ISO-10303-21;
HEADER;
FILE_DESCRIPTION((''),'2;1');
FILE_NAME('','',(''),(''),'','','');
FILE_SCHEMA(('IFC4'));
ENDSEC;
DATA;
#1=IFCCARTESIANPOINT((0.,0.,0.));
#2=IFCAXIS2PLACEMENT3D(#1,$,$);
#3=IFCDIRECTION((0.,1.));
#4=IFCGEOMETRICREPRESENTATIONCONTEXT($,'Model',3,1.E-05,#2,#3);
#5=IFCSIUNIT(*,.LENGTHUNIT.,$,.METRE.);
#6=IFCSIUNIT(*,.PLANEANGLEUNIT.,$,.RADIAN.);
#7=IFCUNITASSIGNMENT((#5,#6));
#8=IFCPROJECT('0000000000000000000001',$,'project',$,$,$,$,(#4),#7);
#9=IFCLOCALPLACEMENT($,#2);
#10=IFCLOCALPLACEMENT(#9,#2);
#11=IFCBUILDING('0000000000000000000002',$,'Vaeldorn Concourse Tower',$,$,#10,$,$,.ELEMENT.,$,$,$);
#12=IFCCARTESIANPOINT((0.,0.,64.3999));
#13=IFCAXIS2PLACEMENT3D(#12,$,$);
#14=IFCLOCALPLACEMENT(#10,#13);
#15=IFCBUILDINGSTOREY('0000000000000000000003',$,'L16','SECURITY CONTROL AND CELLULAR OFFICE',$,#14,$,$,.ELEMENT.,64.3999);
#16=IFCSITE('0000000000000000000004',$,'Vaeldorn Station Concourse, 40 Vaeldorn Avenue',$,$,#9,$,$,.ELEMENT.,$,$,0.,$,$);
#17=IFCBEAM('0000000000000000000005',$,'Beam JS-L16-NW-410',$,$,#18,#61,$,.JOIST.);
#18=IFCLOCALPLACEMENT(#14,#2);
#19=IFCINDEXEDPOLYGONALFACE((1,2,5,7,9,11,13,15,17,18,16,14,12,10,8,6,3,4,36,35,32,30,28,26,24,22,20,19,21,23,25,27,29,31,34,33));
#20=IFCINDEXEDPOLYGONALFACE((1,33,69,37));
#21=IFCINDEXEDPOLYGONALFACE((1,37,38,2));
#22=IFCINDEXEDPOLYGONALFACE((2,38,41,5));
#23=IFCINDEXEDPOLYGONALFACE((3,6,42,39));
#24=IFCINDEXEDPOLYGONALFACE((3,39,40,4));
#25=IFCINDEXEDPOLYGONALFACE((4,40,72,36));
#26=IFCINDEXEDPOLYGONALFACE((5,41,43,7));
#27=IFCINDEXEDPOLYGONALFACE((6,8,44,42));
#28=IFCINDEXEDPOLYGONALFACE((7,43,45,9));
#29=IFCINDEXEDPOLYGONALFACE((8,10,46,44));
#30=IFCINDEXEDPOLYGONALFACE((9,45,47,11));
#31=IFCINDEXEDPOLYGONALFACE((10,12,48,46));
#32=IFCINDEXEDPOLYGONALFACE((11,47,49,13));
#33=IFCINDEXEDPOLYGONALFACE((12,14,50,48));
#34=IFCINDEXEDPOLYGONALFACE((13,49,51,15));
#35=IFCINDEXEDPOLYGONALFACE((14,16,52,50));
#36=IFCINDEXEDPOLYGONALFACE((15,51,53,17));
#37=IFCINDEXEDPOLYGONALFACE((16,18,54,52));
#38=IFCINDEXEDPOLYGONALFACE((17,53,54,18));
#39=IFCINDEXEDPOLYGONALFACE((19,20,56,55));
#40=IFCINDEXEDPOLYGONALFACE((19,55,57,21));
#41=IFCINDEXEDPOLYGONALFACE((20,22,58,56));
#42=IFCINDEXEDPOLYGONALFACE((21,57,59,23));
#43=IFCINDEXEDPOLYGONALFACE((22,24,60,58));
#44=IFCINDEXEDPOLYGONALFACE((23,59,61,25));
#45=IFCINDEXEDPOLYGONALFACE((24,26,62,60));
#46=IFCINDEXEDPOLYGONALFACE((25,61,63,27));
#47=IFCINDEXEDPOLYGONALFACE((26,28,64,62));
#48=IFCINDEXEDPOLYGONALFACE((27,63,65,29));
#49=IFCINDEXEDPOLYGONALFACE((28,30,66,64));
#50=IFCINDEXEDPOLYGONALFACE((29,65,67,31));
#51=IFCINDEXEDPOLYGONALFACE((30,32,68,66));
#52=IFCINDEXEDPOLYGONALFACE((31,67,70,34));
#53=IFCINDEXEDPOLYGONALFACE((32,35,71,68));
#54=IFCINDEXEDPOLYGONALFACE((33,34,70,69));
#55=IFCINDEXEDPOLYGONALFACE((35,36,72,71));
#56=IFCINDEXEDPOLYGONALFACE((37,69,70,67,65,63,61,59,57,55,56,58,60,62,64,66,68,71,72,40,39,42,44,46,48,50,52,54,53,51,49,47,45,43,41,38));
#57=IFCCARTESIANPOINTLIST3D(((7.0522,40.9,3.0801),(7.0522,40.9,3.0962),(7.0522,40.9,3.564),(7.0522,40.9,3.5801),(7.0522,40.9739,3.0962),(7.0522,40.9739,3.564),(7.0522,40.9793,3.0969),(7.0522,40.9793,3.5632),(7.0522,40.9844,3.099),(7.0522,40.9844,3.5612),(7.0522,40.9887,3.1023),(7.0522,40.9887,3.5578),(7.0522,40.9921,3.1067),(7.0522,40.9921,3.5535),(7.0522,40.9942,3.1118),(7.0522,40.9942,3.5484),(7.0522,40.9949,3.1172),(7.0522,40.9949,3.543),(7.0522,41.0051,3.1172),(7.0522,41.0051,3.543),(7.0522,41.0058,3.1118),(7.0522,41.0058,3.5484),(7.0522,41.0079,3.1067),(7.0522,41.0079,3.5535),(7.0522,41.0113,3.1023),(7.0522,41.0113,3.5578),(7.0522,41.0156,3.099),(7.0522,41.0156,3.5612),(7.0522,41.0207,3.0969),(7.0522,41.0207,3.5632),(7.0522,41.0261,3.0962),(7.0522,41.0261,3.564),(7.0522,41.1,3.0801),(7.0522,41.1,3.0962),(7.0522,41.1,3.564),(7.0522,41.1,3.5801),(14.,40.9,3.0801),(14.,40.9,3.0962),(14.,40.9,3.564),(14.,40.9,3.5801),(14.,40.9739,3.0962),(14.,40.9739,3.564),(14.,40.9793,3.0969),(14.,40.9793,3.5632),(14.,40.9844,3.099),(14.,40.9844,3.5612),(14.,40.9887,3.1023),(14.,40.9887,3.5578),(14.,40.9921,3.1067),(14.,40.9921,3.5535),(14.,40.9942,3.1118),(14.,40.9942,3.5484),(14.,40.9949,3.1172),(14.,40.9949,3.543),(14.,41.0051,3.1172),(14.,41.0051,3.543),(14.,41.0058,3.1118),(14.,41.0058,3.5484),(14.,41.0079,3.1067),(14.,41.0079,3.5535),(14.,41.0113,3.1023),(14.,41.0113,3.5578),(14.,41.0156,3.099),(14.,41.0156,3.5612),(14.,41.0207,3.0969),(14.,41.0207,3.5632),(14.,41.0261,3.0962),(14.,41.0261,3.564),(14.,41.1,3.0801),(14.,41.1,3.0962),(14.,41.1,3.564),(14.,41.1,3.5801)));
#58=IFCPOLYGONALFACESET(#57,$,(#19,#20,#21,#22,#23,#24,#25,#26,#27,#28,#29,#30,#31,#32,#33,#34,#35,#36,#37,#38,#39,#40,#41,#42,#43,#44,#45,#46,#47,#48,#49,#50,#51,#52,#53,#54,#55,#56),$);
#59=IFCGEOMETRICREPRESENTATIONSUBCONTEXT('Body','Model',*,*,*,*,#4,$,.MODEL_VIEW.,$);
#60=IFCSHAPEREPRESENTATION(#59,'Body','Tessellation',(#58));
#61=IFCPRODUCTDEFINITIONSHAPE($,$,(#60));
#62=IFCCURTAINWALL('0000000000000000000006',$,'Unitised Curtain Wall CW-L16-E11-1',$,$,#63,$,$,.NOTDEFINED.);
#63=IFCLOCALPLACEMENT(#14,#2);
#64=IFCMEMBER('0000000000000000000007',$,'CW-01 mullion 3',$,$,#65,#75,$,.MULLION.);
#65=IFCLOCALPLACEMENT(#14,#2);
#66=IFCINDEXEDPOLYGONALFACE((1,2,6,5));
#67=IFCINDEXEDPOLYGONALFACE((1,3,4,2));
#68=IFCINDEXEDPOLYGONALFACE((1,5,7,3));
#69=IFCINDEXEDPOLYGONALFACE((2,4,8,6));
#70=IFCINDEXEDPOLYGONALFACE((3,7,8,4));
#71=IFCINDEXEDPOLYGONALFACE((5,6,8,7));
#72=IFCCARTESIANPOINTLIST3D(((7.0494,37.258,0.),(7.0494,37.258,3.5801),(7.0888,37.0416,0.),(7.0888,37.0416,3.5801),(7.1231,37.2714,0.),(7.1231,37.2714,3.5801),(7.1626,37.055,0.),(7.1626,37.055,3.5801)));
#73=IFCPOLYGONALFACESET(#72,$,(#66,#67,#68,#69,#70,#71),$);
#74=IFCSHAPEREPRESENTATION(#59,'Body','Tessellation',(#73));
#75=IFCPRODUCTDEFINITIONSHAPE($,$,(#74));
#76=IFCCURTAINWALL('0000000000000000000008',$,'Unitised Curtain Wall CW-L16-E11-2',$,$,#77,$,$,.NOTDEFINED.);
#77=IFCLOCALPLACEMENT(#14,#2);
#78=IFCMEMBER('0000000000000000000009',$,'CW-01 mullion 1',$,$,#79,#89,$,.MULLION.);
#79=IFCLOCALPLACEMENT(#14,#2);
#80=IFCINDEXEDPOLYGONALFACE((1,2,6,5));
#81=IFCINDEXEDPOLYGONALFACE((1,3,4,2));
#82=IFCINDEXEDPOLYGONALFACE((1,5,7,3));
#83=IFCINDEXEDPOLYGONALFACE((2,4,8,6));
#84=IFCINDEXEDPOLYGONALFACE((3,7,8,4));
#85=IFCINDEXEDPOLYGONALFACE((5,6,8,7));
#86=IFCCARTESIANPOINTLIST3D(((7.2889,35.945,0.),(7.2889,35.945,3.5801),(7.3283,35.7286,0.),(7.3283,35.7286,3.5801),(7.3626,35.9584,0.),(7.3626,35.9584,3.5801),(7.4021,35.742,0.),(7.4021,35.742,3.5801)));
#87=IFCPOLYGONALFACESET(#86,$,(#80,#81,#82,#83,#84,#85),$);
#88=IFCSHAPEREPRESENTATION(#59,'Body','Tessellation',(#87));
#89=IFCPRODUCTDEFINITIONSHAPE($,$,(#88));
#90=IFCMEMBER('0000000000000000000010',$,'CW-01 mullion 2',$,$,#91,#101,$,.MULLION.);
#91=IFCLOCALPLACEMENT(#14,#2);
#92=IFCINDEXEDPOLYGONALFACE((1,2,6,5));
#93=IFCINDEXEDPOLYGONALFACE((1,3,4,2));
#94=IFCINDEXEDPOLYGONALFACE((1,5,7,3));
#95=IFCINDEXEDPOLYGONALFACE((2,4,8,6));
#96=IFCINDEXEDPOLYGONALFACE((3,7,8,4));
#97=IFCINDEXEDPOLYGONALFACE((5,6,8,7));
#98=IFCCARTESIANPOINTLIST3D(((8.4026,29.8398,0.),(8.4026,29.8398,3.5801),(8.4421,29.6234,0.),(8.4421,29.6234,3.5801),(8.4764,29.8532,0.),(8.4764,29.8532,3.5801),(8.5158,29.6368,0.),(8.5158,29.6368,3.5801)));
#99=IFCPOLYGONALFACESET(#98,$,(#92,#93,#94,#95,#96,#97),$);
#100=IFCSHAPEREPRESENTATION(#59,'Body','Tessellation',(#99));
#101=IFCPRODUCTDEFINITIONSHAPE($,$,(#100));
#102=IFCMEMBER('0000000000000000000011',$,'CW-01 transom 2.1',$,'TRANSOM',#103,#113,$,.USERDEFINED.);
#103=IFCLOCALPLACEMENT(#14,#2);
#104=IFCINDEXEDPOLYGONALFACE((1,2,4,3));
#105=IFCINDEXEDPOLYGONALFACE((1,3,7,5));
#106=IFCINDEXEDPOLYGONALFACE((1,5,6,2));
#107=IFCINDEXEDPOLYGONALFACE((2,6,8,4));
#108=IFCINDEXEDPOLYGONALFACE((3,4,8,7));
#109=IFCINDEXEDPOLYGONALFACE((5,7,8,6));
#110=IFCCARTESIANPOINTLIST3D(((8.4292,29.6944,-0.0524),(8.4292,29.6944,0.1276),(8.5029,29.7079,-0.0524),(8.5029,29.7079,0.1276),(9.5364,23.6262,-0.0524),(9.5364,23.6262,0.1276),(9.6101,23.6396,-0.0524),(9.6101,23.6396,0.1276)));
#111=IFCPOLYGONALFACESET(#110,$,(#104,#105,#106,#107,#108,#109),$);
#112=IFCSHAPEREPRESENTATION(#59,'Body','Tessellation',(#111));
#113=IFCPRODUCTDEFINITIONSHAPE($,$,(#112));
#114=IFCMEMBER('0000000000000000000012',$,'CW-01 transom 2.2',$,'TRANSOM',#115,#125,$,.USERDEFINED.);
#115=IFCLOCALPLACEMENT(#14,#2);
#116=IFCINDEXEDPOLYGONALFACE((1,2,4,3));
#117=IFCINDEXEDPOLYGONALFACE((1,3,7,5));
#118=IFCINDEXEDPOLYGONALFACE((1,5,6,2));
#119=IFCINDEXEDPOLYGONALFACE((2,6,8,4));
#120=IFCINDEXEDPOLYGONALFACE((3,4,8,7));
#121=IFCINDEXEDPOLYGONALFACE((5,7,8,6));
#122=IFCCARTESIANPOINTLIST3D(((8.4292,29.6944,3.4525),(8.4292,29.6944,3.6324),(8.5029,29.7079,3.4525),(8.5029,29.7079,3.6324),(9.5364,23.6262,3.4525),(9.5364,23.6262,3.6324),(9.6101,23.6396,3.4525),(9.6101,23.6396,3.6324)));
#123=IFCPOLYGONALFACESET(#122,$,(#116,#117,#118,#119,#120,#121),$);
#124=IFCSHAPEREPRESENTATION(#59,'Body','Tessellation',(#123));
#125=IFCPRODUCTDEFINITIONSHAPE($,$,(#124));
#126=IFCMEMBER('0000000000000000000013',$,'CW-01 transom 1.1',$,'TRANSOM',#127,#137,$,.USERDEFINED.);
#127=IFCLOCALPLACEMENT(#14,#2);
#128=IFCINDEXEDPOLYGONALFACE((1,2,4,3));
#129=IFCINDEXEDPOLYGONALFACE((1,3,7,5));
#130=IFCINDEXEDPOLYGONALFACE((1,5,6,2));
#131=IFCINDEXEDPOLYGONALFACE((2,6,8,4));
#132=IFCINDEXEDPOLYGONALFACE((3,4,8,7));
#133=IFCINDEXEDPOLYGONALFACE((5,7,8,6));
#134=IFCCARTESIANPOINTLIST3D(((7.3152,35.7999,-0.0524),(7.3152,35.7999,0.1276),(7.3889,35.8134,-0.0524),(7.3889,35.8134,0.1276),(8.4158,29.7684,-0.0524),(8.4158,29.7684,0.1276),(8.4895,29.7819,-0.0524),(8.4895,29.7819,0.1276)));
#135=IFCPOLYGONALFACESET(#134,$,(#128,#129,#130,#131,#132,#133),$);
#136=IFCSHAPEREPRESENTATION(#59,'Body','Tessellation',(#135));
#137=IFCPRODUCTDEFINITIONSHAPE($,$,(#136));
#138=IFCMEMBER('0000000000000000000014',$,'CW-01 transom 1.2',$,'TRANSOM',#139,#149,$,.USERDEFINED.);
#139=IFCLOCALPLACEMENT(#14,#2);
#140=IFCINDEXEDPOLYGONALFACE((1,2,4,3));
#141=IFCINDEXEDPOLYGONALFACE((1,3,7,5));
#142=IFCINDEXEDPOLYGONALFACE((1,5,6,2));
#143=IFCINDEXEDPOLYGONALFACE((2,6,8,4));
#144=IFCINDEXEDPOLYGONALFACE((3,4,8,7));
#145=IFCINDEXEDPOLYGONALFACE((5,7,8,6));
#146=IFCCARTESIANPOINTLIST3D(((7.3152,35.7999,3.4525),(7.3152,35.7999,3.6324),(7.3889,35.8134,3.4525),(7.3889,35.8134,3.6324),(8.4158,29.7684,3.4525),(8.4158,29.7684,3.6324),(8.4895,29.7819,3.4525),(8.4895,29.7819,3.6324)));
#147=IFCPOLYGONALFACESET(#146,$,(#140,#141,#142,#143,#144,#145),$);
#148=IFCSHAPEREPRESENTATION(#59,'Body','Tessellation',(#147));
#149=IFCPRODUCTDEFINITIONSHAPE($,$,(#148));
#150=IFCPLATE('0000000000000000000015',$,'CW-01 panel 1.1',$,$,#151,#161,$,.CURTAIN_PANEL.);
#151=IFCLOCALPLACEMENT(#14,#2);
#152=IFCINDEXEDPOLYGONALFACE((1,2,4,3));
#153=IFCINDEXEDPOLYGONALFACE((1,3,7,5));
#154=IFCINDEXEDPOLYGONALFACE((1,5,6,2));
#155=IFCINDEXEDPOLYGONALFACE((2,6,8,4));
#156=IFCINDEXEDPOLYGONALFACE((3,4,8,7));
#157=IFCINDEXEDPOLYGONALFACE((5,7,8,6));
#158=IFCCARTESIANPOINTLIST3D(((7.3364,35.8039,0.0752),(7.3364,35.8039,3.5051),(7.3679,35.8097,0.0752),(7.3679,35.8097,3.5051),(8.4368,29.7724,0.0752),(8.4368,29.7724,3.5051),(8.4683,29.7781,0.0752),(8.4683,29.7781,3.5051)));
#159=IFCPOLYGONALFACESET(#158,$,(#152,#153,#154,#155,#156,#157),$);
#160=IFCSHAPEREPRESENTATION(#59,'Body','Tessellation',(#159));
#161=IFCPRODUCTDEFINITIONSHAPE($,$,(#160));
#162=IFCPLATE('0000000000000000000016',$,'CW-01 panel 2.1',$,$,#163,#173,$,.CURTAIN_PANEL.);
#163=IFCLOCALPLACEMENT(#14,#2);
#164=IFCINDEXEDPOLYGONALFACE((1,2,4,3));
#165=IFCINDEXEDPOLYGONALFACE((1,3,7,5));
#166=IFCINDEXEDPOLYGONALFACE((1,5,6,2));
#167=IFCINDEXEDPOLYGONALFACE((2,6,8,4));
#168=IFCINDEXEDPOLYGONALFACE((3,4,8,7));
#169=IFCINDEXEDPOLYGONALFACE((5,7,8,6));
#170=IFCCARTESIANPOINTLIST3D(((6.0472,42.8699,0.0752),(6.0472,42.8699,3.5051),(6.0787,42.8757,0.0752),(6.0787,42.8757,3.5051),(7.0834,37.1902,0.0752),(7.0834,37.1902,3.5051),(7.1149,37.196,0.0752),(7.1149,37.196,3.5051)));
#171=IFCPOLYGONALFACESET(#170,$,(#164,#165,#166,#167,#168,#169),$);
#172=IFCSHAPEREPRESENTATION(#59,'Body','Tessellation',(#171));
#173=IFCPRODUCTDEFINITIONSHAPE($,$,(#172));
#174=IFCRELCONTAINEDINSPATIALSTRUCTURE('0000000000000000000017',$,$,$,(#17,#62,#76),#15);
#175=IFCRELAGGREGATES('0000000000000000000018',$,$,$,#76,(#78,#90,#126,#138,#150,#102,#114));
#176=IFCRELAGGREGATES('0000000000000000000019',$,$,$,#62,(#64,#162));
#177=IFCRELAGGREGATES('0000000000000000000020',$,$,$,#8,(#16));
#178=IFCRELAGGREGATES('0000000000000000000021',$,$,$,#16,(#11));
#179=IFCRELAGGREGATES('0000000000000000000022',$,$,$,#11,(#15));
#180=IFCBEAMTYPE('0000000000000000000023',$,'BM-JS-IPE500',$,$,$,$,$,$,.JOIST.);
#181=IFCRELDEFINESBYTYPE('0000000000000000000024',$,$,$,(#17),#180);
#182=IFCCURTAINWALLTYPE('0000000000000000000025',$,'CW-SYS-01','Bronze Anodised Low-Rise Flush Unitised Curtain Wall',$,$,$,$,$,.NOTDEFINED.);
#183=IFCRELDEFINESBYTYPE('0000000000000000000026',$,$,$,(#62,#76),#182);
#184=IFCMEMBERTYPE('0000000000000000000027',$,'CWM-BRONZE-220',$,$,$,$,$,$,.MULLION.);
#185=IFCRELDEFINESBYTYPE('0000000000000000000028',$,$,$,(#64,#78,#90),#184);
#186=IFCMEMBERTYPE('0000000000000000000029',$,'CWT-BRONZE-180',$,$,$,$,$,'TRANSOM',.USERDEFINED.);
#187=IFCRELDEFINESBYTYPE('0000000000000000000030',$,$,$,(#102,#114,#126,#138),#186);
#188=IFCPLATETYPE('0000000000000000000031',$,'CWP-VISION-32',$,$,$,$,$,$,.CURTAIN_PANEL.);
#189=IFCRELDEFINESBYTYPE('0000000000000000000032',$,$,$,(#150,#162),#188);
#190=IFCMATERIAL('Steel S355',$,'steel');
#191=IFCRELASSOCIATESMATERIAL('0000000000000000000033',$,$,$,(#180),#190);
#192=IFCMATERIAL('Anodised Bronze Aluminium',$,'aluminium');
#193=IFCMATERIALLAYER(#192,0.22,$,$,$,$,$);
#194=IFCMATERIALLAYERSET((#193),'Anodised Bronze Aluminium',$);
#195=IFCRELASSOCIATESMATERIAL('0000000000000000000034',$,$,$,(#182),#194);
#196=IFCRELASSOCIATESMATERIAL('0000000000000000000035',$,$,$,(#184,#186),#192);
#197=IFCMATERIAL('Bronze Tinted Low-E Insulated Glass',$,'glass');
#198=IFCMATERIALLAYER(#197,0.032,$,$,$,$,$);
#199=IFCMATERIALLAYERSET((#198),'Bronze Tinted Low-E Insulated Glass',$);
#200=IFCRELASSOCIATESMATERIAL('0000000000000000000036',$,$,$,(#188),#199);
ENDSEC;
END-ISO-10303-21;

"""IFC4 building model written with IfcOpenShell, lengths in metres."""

from ifc_helpers import new_model, si_unit, direction, frame, origin, origin_2d, place, context, subcontext, project, spatial, rectangle, i_section, extrude, source, transform, mapped, material, layer, layer_set, material_profile, profile_set, type_object, element, aggregate, save


model = new_model("IFC4")

# Units and contexts
model_context = context("Model", 3, precision=1e-05, world=origin(), true_north=direction((0.0, 1.0)))
body_context = subcontext(model_context, "Body", "Model", "MODEL_VIEW")
ifc_project = project(units=[si_unit("LENGTHUNIT", "METRE"), si_unit("PLANEANGLEUNIT", "RADIAN")], contexts=[model_context])

# Site, building, storey
site_placement = place(None, origin())
site = spatial("IfcSite", under=ifc_project, at=site_placement, Name="Vaeldorn Station Concourse, 40 Vaeldorn Avenue", CompositionType="ELEMENT", RefElevation=0.0)
building_placement = place(site_placement, origin())
building = spatial("IfcBuilding", under=site, at=building_placement, Name="Vaeldorn Concourse Tower", CompositionType="ELEMENT")
storey_placement = place(building_placement, frame((0.0, 0.0, 64.3999)))
storey = spatial("IfcBuildingStorey", under=building, at=storey_placement, Name="L16", Description="SECURITY CONTROL AND CELLULAR OFFICE", CompositionType="ELEMENT", Elevation=64.3999)

# Beam
ifc_material_1 = material(Name="Steel S355", Category="steel")
ifc_material_profile_1 = material_profile(ifc_material_1, i_section(OverallWidth=0.2, OverallDepth=0.5, WebThickness=0.0103, FlangeThickness=0.0161, FilletRadius=0.021, at=origin_2d()), Name="IPE 500")
ifc_profile_set_1 = profile_set([ifc_material_profile_1], Name="Steel S355")
beam_type_1 = type_object("IfcBeamType", Name="BM-JS-IPE500", PredefinedType="JOIST", material=ifc_profile_set_1)
shared_shape_1 = source(origin(), body_context, "Body", "SweptSolid", [
    extrude(i_section(OverallWidth=0.2, OverallDepth=0.5, WebThickness=0.0103, FlangeThickness=0.0161, FilletRadius=0.021, at=origin_2d()), origin(), (0.0, 0.0, 1.0), 6.9478),
])
beam_1_placement = place(storey_placement, frame((7.0522, 41.0, 3.3301), z_axis=(1.0, 0.0, 0.0), x_axis=(0.0, 1.0, 0.0)))
element("IfcBeam", 1, at=beam_1_placement, inside=storey, type_object=beam_type_1, Name="Beam JS-L16-NW-410", PredefinedType="JOIST", context=body_context, shape_type="MappedRepresentation", body=[
    mapped(shared_shape_1, transform((0.0, 0.0, 0.0), scale=1.0)),
])

# Curtain wall, member
ifc_material_2 = material(Name="Anodised Bronze Aluminium", Category="aluminium")
ifc_layer_1 = layer(ifc_material_2, 0.22)
ifc_layer_set_1 = layer_set([ifc_layer_1], Name="Anodised Bronze Aluminium")
curtain_wall_type = type_object("IfcCurtainWallType", Name="CW-SYS-01", Description="Bronze Anodised Low-Rise Flush Unitised Curtain Wall", PredefinedType="NOTDEFINED", material=ifc_layer_set_1)
curtain_wall_1_placement = place(storey_placement, origin())
curtain_wall_1 = element("IfcCurtainWall", 2, at=curtain_wall_1_placement, inside=storey, type_object=curtain_wall_type, Name="Unitised Curtain Wall CW-L16-E11-1", PredefinedType="NOTDEFINED")
ifc_material_profile_2 = material_profile(ifc_material_2, rectangle(XDim=0.075, YDim=0.22, at=origin_2d()), Name="CWM 75x220")
ifc_profile_set_2 = profile_set([ifc_material_profile_2], Name="Anodised Bronze Aluminium")
member_type_1 = type_object("IfcMemberType", Name="CWM-BRONZE-220", PredefinedType="MULLION", material=ifc_profile_set_2)
shared_shape_2 = source(origin(), body_context, "Body", "SweptSolid", [
    extrude(rectangle(XDim=0.075, YDim=0.22, at=origin_2d()), origin(), (0.0, 0.0, 1.0), 3.5801),
])
member_1_placement = place(storey_placement, frame((7.106, 37.1565, 0.0), z_axis=(0.0, 0.0, 1.0), x_axis=(0.983763, 0.179474, 0.0)))
member_1 = element("IfcMember", 3, at=member_1_placement, type_object=member_type_1, Name="CW-01 mullion 3", PredefinedType="MULLION", context=body_context, shape_type="MappedRepresentation", body=[
    mapped(shared_shape_2, transform((0.0, 0.0, 0.0), scale=1.0)),
])

# Curtain wall, members, plate
curtain_wall_2_placement = place(storey_placement, origin())
curtain_wall_2 = element("IfcCurtainWall", 4, at=curtain_wall_2_placement, inside=storey, type_object=curtain_wall_type, Name="Unitised Curtain Wall CW-L16-E11-2", PredefinedType="NOTDEFINED")
member_2_placement = place(storey_placement, frame((7.3455, 35.8435, 0.0), z_axis=(0.0, 0.0, 1.0), x_axis=(0.983763, 0.179474, 0.0)))
member_2 = element("IfcMember", 5, at=member_2_placement, type_object=member_type_1, Name="CW-01 mullion 1", PredefinedType="MULLION", context=body_context, shape_type="MappedRepresentation", body=[
    mapped(shared_shape_2, transform((0.0, 0.0, 0.0), scale=1.0)),
])
member_3_placement = place(storey_placement, frame((8.4592, 29.7383, 0.0), z_axis=(0.0, 0.0, 1.0), x_axis=(0.983763, 0.179474, 0.0)))
member_3 = element("IfcMember", 6, at=member_3_placement, type_object=member_type_1, Name="CW-01 mullion 2", PredefinedType="MULLION", context=body_context, shape_type="MappedRepresentation", body=[
    mapped(shared_shape_2, transform((0.0, 0.0, 0.0), scale=1.0)),
])
ifc_material_profile_3 = material_profile(ifc_material_2, rectangle(XDim=0.075, YDim=0.1799, at=origin_2d()), Name="CWT 75x180")
ifc_profile_set_3 = profile_set([ifc_material_profile_3], Name="Anodised Bronze Aluminium")
member_type_2 = type_object("IfcMemberType", Name="CWT-BRONZE-180", ElementType="TRANSOM", PredefinedType="USERDEFINED", material=ifc_profile_set_3)
shared_shape_3 = source(origin(), body_context, "Body", "SweptSolid", [
    extrude(rectangle(XDim=0.075, YDim=0.1799, at=origin_2d()), origin(), (0.0, 0.0, 1.0), 6.1685),
])
member_4_placement = place(storey_placement, frame((8.4661, 29.7012, 0.0376), z_axis=(0.179488, -0.98376, 0.0), x_axis=(0.98376, 0.179488, 0.0)))
member_4 = element("IfcMember", 7, at=member_4_placement, type_object=member_type_2, Name="CW-01 transom 2.1", ObjectType="TRANSOM", PredefinedType="USERDEFINED", context=body_context, shape_type="MappedRepresentation", body=[
    mapped(shared_shape_3, transform((0.0, 0.0, 0.0), scale=1.0)),
])
member_5_placement = place(storey_placement, frame((8.4661, 29.7012, 3.5425), z_axis=(0.179488, -0.98376, 0.0), x_axis=(0.98376, 0.179488, 0.0)))
member_5 = element("IfcMember", 8, at=member_5_placement, type_object=member_type_2, Name="CW-01 transom 2.2", ObjectType="TRANSOM", PredefinedType="USERDEFINED", context=body_context, shape_type="MappedRepresentation", body=[
    mapped(shared_shape_3, transform((0.0, 0.0, 0.0), scale=1.0)),
])
shared_shape_4 = source(origin(), body_context, "Body", "SweptSolid", [
    extrude(rectangle(XDim=0.075, YDim=0.1799, at=origin_2d()), origin(), (0.0, 0.0, 1.0), 6.1311),
])
member_6_placement = place(storey_placement, frame((7.3521, 35.8066, 0.0376), z_axis=(0.179509, -0.983756, 0.0), x_axis=(0.983756, 0.179509, 0.0)))
member_6 = element("IfcMember", 9, at=member_6_placement, type_object=member_type_2, Name="CW-01 transom 1.1", ObjectType="TRANSOM", PredefinedType="USERDEFINED", context=body_context, shape_type="MappedRepresentation", body=[
    mapped(shared_shape_4, transform((0.0, 0.0, 0.0), scale=1.0)),
])
member_7_placement = place(storey_placement, frame((7.3521, 35.8066, 3.5425), z_axis=(0.179509, -0.983756, 0.0), x_axis=(0.983756, 0.179509, 0.0)))
member_7 = element("IfcMember", 10, at=member_7_placement, type_object=member_type_2, Name="CW-01 transom 1.2", ObjectType="TRANSOM", PredefinedType="USERDEFINED", context=body_context, shape_type="MappedRepresentation", body=[
    mapped(shared_shape_4, transform((0.0, 0.0, 0.0), scale=1.0)),
])
ifc_material_3 = material(Name="Bronze Tinted Low-E Insulated Glass", Category="glass")
ifc_layer_2 = layer(ifc_material_3, 0.032)
ifc_layer_set_2 = layer_set([ifc_layer_2], Name="Bronze Tinted Low-E Insulated Glass")
plate_type = type_object("IfcPlateType", Name="CWP-VISION-32", PredefinedType="CURTAIN_PANEL", material=ifc_layer_set_2)
shared_shape_5 = source(origin(), body_context, "Body", "SweptSolid", [
    extrude(rectangle(XDim=6.1311, YDim=0.032, at=origin_2d()), origin(), (0.0, 0.0, 1.0), 3.4299),
])
plate_1_placement = place(storey_placement, frame((7.9023, 32.791, 0.0752), z_axis=(0.0, 0.0, 1.0), x_axis=(0.179474, -0.983763, 0.0)))
plate_1 = element("IfcPlate", 11, at=plate_1_placement, type_object=plate_type, Name="CW-01 panel 1.1", PredefinedType="CURTAIN_PANEL", context=body_context, shape_type="MappedRepresentation", body=[
    mapped(shared_shape_5, transform((0.0, 0.0, 0.0), scale=1.0)),
])
aggregate(curtain_wall_2, [member_2, member_3, member_6, member_7, plate_1, member_4, member_5])

# Plate
shared_shape_6 = source(origin(), body_context, "Body", "SweptSolid", [
    extrude(rectangle(XDim=5.7734, YDim=0.032, at=origin_2d()), origin(), (0.0, 0.0, 1.0), 3.4299),
])
plate_2_placement = place(storey_placement, frame((6.5811, 40.033, 0.0752), z_axis=(0.0, 0.0, 1.0), x_axis=(0.179474, -0.983763, 0.0)))
plate_2 = element("IfcPlate", 12, at=plate_2_placement, type_object=plate_type, Name="CW-01 panel 2.1", PredefinedType="CURTAIN_PANEL", context=body_context, shape_type="MappedRepresentation", body=[
    mapped(shared_shape_6, transform((0.0, 0.0, 0.0), scale=1.0)),
])
aggregate(curtain_wall_1, [member_1, plate_2])

save(model, "model.ifc")
